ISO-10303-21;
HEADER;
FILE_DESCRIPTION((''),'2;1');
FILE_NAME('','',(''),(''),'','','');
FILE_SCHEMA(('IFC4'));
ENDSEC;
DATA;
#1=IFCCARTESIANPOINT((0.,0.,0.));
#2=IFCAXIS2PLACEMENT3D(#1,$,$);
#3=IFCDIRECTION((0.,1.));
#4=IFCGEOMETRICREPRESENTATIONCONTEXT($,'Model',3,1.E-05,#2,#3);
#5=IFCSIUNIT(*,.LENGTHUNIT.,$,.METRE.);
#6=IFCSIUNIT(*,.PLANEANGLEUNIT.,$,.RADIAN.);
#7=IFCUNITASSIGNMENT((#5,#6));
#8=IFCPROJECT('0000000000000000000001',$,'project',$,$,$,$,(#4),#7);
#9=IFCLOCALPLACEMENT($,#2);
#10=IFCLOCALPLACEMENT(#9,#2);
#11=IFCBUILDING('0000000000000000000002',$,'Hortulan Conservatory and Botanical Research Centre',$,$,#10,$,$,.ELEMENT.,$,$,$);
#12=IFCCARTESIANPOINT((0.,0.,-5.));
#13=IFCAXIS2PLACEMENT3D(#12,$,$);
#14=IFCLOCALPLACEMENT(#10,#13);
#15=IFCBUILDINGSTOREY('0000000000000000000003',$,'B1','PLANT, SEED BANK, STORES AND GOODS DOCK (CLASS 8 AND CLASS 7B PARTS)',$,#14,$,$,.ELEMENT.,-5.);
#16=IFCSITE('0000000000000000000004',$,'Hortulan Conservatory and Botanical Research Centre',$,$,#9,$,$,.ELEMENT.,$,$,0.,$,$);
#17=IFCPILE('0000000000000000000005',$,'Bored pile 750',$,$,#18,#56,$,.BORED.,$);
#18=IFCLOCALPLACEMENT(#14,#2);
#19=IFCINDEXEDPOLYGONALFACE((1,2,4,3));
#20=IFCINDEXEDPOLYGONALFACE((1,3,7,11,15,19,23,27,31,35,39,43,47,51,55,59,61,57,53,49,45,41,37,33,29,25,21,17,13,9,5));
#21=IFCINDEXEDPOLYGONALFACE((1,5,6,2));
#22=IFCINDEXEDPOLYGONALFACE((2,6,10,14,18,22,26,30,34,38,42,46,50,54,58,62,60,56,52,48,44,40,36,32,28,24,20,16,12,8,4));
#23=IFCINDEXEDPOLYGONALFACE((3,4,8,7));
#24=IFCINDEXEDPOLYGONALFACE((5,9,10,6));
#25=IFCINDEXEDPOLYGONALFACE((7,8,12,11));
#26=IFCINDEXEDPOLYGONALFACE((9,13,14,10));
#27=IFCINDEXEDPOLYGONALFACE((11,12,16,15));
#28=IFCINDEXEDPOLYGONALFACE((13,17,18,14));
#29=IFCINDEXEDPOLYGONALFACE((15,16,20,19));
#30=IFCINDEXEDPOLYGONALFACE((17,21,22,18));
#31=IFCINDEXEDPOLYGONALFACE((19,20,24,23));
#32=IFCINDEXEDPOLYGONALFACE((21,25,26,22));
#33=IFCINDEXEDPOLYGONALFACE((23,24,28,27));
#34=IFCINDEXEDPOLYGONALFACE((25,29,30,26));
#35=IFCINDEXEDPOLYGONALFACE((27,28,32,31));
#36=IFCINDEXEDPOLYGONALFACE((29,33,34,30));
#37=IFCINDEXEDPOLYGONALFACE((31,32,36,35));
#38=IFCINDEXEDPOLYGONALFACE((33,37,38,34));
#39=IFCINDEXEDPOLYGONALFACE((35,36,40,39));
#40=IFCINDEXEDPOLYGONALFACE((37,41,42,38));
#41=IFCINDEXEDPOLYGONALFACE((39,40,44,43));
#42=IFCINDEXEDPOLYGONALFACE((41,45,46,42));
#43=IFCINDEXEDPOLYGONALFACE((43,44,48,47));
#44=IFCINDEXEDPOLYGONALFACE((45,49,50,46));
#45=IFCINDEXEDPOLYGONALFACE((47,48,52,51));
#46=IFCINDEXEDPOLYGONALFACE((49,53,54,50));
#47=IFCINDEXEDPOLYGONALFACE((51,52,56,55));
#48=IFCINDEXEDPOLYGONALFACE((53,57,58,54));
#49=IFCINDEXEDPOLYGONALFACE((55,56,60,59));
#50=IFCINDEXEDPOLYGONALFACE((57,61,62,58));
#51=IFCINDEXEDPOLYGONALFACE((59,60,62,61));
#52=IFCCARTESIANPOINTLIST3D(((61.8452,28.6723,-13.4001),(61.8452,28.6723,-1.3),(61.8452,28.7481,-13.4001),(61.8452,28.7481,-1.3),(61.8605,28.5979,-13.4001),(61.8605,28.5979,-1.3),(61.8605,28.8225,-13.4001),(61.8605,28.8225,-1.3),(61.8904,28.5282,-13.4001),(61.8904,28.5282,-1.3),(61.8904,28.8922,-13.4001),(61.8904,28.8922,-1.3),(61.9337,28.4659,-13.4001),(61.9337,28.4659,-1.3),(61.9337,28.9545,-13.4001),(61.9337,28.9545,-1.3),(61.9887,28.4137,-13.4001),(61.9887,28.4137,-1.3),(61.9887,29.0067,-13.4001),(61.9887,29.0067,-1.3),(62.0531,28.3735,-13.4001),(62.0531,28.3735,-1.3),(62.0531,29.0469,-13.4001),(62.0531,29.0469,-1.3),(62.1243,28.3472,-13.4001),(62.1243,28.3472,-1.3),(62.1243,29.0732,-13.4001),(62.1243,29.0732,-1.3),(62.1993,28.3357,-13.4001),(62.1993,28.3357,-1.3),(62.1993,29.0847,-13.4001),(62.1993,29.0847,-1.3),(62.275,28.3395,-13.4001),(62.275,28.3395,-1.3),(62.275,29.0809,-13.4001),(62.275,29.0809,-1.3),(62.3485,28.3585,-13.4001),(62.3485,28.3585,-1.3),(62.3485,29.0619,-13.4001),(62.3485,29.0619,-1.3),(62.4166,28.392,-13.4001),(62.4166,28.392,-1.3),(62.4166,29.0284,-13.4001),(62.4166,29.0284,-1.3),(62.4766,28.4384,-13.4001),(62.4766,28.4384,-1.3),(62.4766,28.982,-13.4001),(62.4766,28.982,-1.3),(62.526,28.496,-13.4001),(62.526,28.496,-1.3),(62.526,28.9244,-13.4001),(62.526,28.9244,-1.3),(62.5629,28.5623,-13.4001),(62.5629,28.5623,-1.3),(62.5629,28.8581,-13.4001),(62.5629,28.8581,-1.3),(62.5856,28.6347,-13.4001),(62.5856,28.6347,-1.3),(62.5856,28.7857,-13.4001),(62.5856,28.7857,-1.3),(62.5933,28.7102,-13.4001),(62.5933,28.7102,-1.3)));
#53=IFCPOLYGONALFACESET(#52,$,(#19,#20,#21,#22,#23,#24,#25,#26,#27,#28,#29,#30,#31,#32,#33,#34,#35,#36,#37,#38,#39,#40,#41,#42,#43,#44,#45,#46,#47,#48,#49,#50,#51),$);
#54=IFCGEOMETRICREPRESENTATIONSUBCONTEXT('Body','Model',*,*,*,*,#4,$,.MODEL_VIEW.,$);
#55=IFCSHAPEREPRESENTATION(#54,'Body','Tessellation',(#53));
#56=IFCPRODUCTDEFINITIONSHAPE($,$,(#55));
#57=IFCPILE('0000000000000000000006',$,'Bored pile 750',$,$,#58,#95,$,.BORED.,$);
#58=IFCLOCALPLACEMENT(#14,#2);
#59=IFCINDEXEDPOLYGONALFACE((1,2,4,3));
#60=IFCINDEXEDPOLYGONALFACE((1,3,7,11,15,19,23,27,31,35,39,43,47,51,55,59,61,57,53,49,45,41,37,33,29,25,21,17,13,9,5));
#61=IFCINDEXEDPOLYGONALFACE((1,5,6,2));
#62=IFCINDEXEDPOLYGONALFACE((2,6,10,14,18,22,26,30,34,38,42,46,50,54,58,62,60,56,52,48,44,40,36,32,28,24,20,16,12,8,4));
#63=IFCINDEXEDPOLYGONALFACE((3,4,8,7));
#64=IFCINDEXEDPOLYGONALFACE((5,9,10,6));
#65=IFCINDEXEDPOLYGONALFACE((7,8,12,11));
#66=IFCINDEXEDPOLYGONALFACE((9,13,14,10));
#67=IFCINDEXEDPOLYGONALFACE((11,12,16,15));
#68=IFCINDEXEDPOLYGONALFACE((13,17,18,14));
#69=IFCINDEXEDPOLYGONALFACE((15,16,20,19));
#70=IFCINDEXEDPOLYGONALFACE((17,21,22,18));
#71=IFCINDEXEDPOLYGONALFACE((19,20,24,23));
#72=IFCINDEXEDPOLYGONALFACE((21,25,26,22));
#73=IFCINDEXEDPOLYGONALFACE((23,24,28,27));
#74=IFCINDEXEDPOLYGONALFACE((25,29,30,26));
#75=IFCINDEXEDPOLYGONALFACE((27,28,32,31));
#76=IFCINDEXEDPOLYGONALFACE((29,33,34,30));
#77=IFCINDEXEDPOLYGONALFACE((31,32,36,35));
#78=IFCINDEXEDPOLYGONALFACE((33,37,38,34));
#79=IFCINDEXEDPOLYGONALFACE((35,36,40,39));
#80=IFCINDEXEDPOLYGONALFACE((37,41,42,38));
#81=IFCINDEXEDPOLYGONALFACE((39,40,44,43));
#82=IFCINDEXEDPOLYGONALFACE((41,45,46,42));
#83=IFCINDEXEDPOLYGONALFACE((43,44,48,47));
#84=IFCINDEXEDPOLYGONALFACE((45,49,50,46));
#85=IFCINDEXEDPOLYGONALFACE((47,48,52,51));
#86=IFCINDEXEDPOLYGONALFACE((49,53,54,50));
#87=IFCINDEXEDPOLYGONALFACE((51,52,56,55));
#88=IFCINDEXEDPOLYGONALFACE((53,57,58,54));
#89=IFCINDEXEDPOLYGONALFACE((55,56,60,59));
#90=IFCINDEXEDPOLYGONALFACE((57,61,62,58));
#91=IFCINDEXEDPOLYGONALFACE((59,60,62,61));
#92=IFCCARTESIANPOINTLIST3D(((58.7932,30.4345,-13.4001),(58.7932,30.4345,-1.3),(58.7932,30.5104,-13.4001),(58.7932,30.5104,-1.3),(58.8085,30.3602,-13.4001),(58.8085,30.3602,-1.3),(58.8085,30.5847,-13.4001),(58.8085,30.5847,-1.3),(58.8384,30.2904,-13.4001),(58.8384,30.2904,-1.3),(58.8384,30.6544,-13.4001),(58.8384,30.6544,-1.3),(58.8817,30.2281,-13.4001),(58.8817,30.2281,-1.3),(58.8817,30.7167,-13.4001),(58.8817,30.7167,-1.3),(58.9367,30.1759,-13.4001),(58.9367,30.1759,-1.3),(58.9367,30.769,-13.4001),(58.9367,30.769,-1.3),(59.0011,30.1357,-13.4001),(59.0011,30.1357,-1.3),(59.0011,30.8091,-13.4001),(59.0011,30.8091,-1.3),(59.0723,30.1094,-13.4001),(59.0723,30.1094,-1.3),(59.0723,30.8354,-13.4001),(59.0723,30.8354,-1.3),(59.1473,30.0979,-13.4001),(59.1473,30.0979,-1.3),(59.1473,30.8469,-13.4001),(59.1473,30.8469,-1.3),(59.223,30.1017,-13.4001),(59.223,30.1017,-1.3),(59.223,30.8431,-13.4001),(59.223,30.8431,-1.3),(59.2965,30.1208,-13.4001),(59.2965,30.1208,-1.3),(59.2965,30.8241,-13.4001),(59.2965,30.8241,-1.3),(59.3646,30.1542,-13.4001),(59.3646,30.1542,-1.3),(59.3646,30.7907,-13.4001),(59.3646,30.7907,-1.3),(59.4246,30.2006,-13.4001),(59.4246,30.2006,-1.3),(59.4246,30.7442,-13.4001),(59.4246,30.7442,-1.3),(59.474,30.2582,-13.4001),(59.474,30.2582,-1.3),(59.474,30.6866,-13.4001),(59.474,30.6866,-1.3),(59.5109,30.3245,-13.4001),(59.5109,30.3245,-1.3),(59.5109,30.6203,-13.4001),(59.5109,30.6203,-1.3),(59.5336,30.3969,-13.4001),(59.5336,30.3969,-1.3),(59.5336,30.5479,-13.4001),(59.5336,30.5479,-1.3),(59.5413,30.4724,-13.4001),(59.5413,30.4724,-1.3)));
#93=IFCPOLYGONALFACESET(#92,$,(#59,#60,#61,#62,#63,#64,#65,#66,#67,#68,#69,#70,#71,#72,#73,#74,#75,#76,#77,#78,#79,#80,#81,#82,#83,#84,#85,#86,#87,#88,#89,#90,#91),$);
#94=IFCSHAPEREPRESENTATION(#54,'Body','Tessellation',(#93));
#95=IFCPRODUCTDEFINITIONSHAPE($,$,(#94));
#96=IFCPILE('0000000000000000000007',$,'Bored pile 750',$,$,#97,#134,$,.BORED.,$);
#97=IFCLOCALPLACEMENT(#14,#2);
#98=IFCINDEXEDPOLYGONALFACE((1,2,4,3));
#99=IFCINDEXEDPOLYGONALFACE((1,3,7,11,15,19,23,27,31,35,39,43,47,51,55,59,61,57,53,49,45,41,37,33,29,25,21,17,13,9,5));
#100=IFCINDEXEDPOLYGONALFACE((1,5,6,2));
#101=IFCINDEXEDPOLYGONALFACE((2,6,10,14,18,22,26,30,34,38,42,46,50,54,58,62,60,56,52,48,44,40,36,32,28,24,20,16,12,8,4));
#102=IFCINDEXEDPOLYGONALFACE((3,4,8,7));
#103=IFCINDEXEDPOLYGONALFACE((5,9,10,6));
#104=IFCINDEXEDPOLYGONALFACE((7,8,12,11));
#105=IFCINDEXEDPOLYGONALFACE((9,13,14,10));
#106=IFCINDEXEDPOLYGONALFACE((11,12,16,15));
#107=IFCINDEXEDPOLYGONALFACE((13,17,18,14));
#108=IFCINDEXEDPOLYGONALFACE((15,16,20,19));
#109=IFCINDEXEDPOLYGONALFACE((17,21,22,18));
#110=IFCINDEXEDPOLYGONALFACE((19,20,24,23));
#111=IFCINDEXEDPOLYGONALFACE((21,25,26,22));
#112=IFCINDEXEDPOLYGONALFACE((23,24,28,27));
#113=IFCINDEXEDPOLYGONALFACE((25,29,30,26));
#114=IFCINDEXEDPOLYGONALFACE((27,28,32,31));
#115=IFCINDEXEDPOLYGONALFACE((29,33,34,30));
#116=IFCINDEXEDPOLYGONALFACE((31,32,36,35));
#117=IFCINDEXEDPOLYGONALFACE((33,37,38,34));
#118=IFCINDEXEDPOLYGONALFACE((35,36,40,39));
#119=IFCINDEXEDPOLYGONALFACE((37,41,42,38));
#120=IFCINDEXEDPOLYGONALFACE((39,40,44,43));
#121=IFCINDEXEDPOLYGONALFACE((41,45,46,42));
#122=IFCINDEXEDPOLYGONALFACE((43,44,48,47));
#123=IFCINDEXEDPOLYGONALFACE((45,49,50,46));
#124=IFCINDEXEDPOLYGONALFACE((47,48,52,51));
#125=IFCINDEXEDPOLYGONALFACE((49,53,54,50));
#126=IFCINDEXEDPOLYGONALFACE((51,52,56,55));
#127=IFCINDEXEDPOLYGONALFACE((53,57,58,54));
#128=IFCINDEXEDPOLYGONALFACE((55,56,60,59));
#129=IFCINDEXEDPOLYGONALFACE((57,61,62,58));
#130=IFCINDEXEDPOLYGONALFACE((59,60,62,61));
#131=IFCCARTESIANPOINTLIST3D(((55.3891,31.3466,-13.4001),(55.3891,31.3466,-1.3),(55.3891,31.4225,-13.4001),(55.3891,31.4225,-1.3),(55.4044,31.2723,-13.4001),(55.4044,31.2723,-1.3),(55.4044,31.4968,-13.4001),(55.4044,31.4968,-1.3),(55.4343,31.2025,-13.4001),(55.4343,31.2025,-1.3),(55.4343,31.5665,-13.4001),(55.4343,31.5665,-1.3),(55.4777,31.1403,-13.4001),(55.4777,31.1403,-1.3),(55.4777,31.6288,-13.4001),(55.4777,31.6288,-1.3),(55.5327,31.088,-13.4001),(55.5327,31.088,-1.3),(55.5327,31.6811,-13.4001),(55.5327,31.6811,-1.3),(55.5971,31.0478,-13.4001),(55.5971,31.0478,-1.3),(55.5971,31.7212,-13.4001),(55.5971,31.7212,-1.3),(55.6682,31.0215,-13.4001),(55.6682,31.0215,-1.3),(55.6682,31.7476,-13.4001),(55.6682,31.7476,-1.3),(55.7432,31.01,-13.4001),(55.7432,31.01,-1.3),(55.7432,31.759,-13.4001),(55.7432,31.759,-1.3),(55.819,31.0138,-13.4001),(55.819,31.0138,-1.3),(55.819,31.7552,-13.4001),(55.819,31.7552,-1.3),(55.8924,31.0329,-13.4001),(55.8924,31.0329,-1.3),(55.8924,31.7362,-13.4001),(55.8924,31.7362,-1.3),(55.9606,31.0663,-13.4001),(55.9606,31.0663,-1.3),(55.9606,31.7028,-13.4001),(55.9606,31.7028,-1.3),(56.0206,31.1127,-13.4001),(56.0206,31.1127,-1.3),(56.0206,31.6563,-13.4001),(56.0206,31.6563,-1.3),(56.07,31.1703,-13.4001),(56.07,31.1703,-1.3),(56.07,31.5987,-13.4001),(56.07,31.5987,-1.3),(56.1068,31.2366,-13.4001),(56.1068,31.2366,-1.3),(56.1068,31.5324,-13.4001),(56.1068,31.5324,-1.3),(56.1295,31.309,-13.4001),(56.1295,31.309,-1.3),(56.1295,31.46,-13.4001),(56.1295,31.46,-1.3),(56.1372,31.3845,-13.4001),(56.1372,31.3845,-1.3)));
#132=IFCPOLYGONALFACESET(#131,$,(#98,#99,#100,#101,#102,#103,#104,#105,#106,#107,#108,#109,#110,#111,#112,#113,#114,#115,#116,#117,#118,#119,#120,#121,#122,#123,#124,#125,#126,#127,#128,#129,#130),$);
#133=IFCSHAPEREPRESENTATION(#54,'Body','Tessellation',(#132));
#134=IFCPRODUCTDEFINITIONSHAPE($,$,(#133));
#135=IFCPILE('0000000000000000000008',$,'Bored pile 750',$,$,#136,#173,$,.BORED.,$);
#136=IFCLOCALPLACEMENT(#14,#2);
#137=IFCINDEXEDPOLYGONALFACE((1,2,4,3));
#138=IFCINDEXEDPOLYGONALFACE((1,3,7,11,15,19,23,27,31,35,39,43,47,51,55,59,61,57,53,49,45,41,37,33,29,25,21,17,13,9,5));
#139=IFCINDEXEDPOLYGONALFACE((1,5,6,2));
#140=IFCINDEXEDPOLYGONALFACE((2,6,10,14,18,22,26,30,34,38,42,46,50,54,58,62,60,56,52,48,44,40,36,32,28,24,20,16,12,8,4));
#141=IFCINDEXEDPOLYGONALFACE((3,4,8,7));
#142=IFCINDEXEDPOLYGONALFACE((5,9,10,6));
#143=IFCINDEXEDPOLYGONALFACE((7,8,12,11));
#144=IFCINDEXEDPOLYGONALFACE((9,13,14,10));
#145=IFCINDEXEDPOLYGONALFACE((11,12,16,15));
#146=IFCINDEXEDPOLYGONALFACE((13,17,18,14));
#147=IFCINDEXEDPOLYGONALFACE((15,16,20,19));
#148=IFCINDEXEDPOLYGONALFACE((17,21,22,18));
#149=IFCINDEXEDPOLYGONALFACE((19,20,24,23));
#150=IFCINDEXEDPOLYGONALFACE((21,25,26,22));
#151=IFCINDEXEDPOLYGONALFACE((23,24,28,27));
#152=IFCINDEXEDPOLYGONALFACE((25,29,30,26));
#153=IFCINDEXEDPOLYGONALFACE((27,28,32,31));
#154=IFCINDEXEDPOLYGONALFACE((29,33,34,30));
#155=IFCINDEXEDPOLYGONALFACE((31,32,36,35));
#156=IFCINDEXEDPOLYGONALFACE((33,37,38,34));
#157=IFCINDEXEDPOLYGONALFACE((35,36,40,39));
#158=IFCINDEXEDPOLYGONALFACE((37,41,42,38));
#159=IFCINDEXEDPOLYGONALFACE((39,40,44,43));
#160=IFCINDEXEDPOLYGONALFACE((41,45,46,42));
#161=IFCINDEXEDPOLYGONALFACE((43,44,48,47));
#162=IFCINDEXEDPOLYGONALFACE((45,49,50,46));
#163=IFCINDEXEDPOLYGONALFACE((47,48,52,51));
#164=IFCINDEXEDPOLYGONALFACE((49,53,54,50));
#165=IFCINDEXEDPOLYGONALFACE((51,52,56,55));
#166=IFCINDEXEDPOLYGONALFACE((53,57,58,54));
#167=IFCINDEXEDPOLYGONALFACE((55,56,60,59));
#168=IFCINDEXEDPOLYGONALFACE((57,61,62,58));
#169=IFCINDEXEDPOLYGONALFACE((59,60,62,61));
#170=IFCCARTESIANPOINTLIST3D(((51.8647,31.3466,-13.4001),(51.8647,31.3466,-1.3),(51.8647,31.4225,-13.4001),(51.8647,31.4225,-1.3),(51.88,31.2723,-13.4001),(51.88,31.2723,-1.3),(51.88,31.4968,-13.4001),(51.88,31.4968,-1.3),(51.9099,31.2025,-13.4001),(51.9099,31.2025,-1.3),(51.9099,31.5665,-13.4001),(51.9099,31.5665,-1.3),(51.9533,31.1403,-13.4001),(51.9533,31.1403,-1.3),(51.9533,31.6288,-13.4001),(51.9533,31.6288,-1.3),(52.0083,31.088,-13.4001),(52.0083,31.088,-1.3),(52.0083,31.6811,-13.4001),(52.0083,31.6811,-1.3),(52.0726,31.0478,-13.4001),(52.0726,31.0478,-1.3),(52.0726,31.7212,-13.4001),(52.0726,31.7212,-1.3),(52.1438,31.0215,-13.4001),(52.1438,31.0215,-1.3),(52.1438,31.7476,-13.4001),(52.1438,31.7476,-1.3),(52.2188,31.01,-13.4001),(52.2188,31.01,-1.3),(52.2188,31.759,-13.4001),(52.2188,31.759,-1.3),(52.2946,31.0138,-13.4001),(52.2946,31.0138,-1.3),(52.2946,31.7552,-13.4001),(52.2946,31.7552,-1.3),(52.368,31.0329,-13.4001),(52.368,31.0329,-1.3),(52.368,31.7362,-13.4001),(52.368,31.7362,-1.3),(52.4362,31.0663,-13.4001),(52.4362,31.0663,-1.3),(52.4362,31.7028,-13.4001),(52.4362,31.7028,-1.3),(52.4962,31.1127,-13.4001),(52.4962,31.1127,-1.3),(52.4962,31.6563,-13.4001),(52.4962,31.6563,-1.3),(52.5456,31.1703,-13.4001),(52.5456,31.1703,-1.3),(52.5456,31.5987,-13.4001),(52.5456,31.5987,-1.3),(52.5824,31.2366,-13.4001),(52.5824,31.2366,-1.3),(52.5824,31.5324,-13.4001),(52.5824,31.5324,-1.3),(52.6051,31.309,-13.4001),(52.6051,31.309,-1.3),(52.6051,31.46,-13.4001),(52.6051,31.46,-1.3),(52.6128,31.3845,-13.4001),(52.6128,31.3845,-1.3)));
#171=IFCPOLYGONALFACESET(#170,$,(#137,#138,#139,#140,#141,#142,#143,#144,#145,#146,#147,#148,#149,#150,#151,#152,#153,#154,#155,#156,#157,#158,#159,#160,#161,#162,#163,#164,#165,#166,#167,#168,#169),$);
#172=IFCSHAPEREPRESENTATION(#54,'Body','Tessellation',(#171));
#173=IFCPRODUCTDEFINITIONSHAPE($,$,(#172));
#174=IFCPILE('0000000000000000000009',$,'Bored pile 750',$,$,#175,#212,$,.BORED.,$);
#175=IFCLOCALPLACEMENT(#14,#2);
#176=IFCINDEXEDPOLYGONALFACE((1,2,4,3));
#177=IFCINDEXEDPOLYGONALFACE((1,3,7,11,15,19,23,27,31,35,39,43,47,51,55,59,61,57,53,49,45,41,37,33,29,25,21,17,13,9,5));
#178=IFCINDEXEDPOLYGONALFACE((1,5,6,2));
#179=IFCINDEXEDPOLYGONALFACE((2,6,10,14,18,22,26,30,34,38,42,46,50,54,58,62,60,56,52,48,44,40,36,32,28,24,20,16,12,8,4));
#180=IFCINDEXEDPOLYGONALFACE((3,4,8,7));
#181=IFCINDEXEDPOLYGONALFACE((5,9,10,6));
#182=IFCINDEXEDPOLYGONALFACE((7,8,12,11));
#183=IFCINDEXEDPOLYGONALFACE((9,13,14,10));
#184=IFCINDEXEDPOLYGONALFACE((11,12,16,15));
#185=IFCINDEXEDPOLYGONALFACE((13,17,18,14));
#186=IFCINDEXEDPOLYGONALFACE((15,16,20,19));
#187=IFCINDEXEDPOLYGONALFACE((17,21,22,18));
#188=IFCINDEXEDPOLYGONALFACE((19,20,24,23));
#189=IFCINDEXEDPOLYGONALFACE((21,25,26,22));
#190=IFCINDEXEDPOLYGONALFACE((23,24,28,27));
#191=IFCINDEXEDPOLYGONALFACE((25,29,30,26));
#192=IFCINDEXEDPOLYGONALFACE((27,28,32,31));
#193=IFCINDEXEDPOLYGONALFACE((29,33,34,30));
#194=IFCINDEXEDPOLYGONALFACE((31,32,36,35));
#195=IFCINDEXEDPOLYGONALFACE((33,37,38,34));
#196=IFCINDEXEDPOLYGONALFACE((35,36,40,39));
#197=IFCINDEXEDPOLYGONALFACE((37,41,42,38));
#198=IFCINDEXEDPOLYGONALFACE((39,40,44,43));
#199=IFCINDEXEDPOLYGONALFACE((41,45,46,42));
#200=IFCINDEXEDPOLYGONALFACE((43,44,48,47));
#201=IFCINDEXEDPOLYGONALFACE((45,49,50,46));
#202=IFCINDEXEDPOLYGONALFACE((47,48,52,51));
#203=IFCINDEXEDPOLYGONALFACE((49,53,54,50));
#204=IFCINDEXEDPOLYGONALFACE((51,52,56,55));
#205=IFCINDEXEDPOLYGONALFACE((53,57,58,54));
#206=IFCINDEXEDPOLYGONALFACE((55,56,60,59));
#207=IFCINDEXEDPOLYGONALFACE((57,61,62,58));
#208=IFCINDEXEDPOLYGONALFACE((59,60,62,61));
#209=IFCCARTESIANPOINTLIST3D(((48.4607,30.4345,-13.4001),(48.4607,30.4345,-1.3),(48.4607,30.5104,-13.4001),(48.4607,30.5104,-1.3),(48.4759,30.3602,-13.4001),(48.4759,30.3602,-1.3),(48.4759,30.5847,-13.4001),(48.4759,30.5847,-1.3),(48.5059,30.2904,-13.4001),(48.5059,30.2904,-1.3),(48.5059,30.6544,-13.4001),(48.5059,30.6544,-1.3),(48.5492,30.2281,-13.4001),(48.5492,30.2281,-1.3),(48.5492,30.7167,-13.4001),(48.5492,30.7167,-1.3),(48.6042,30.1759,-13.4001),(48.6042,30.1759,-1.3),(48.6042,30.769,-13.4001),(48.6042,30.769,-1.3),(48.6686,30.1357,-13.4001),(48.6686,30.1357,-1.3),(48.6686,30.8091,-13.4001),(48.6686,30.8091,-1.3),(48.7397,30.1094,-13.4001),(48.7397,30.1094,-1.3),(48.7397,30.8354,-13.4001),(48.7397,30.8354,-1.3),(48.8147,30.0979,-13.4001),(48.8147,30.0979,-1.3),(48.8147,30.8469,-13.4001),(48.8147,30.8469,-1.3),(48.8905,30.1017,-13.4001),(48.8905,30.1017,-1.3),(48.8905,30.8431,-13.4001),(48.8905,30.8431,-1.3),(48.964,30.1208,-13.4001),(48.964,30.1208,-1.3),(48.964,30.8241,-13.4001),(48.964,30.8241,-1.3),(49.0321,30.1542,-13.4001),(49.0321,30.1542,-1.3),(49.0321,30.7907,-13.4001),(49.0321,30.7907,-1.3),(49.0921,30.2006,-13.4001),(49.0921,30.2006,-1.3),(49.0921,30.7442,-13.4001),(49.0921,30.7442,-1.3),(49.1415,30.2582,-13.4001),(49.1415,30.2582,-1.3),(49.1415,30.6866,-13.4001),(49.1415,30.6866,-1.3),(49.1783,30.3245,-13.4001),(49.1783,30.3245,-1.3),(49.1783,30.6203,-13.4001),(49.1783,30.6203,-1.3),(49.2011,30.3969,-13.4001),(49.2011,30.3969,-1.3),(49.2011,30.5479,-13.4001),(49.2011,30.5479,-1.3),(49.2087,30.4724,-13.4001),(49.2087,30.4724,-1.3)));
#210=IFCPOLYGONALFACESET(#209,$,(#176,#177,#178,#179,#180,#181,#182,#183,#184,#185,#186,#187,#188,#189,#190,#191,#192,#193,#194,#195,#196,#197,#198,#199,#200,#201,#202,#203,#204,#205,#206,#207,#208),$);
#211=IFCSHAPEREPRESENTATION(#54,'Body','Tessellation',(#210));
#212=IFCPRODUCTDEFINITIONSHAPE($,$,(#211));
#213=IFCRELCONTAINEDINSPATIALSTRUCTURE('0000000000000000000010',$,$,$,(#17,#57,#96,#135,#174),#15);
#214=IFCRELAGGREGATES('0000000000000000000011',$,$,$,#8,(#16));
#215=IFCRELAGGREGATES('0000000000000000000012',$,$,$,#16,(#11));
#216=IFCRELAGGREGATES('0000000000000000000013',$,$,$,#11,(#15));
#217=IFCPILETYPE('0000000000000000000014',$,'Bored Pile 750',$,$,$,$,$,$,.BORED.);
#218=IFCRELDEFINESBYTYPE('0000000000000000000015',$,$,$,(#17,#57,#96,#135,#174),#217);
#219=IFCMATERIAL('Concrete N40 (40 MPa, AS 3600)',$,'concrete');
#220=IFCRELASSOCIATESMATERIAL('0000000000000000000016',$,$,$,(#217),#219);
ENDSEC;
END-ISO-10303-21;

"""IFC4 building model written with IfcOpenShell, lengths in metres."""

from ifc_helpers import new_model, si_unit, direction, frame, origin, origin_2d, place, context, subcontext, project, spatial, circle, extrude, material, material_profile, profile_set, type_object, element, save


model = new_model("IFC4")

# Units and contexts
model_context = context("Model", 3, precision=1e-05, world=origin(), true_north=direction((0.0, 1.0)))
body_context = subcontext(model_context, "Body", "Model", "MODEL_VIEW")
ifc_project = project(units=[si_unit("LENGTHUNIT", "METRE"), si_unit("PLANEANGLEUNIT", "RADIAN")], contexts=[model_context])

# Site, building, storey
site_placement = place(None, origin())
site = spatial("IfcSite", under=ifc_project, at=site_placement, Name="Hortulan Conservatory and Botanical Research Centre", CompositionType="ELEMENT", RefElevation=0.0)
building_placement = place(site_placement, origin())
building = spatial("IfcBuilding", under=site, at=building_placement, Name="Hortulan Conservatory and Botanical Research Centre", CompositionType="ELEMENT")
storey_placement = place(building_placement, frame((0.0, 0.0, -5.0)))
storey = spatial("IfcBuildingStorey", under=building, at=storey_placement, Name="B1", Description="PLANT, SEED BANK, STORES AND GOODS DOCK (CLASS 8 AND CLASS 7B PARTS)", CompositionType="ELEMENT", Elevation=-5.0)

# Piles
ifc_material_1 = material(Name="Concrete N40 (40 MPa, AS 3600)", Category="concrete")
ifc_material_profile_1 = material_profile(ifc_material_1, circle(Radius=0.375, at=origin_2d()), Name="Bored pile 750 diameter")
ifc_profile_set_1 = profile_set([ifc_material_profile_1], Name="Concrete N40 (40 MPa, AS 3600)")
pile_type = type_object("IfcPileType", Name="Bored Pile 750", PredefinedType="BORED", material=ifc_profile_set_1)
for number, where, z_axis, x_axis, name in (
    (1, (62.2183, 28.7102, -1.3), (0.0, 0.0, -1.0), (1.0, 0.0, 0.0), "Bored pile 750"),
    (2, (59.1663, 30.4724, -1.3), (0.0, 0.0, -1.0), (1.0, 0.0, 0.0), "Bored pile 750"),
    (3, (55.7622, 31.3845, -1.3), (0.0, 0.0, -1.0), (1.0, 0.0, 0.0), "Bored pile 750"),
    (4, (52.2378, 31.3845, -1.3), (0.0, 0.0, -1.0), (1.0, 0.0, 0.0), "Bored pile 750"),
    (5, (48.8337, 30.4724, -1.3), (0.0, 0.0, -1.0), (1.0, 0.0, 0.0), "Bored pile 750"),
):
    element("IfcPile", number, at=place(storey_placement, frame(where, z_axis=z_axis, x_axis=x_axis)), inside=storey, type_object=pile_type, Name=name, PredefinedType="BORED", context=body_context, shape_type="SweptSolid", body=[
        extrude(circle(Radius=0.375, at=origin_2d()), origin(), (0.0, 0.0, 1.0), 12.1001),
    ])

save(model, "model.ifc")
